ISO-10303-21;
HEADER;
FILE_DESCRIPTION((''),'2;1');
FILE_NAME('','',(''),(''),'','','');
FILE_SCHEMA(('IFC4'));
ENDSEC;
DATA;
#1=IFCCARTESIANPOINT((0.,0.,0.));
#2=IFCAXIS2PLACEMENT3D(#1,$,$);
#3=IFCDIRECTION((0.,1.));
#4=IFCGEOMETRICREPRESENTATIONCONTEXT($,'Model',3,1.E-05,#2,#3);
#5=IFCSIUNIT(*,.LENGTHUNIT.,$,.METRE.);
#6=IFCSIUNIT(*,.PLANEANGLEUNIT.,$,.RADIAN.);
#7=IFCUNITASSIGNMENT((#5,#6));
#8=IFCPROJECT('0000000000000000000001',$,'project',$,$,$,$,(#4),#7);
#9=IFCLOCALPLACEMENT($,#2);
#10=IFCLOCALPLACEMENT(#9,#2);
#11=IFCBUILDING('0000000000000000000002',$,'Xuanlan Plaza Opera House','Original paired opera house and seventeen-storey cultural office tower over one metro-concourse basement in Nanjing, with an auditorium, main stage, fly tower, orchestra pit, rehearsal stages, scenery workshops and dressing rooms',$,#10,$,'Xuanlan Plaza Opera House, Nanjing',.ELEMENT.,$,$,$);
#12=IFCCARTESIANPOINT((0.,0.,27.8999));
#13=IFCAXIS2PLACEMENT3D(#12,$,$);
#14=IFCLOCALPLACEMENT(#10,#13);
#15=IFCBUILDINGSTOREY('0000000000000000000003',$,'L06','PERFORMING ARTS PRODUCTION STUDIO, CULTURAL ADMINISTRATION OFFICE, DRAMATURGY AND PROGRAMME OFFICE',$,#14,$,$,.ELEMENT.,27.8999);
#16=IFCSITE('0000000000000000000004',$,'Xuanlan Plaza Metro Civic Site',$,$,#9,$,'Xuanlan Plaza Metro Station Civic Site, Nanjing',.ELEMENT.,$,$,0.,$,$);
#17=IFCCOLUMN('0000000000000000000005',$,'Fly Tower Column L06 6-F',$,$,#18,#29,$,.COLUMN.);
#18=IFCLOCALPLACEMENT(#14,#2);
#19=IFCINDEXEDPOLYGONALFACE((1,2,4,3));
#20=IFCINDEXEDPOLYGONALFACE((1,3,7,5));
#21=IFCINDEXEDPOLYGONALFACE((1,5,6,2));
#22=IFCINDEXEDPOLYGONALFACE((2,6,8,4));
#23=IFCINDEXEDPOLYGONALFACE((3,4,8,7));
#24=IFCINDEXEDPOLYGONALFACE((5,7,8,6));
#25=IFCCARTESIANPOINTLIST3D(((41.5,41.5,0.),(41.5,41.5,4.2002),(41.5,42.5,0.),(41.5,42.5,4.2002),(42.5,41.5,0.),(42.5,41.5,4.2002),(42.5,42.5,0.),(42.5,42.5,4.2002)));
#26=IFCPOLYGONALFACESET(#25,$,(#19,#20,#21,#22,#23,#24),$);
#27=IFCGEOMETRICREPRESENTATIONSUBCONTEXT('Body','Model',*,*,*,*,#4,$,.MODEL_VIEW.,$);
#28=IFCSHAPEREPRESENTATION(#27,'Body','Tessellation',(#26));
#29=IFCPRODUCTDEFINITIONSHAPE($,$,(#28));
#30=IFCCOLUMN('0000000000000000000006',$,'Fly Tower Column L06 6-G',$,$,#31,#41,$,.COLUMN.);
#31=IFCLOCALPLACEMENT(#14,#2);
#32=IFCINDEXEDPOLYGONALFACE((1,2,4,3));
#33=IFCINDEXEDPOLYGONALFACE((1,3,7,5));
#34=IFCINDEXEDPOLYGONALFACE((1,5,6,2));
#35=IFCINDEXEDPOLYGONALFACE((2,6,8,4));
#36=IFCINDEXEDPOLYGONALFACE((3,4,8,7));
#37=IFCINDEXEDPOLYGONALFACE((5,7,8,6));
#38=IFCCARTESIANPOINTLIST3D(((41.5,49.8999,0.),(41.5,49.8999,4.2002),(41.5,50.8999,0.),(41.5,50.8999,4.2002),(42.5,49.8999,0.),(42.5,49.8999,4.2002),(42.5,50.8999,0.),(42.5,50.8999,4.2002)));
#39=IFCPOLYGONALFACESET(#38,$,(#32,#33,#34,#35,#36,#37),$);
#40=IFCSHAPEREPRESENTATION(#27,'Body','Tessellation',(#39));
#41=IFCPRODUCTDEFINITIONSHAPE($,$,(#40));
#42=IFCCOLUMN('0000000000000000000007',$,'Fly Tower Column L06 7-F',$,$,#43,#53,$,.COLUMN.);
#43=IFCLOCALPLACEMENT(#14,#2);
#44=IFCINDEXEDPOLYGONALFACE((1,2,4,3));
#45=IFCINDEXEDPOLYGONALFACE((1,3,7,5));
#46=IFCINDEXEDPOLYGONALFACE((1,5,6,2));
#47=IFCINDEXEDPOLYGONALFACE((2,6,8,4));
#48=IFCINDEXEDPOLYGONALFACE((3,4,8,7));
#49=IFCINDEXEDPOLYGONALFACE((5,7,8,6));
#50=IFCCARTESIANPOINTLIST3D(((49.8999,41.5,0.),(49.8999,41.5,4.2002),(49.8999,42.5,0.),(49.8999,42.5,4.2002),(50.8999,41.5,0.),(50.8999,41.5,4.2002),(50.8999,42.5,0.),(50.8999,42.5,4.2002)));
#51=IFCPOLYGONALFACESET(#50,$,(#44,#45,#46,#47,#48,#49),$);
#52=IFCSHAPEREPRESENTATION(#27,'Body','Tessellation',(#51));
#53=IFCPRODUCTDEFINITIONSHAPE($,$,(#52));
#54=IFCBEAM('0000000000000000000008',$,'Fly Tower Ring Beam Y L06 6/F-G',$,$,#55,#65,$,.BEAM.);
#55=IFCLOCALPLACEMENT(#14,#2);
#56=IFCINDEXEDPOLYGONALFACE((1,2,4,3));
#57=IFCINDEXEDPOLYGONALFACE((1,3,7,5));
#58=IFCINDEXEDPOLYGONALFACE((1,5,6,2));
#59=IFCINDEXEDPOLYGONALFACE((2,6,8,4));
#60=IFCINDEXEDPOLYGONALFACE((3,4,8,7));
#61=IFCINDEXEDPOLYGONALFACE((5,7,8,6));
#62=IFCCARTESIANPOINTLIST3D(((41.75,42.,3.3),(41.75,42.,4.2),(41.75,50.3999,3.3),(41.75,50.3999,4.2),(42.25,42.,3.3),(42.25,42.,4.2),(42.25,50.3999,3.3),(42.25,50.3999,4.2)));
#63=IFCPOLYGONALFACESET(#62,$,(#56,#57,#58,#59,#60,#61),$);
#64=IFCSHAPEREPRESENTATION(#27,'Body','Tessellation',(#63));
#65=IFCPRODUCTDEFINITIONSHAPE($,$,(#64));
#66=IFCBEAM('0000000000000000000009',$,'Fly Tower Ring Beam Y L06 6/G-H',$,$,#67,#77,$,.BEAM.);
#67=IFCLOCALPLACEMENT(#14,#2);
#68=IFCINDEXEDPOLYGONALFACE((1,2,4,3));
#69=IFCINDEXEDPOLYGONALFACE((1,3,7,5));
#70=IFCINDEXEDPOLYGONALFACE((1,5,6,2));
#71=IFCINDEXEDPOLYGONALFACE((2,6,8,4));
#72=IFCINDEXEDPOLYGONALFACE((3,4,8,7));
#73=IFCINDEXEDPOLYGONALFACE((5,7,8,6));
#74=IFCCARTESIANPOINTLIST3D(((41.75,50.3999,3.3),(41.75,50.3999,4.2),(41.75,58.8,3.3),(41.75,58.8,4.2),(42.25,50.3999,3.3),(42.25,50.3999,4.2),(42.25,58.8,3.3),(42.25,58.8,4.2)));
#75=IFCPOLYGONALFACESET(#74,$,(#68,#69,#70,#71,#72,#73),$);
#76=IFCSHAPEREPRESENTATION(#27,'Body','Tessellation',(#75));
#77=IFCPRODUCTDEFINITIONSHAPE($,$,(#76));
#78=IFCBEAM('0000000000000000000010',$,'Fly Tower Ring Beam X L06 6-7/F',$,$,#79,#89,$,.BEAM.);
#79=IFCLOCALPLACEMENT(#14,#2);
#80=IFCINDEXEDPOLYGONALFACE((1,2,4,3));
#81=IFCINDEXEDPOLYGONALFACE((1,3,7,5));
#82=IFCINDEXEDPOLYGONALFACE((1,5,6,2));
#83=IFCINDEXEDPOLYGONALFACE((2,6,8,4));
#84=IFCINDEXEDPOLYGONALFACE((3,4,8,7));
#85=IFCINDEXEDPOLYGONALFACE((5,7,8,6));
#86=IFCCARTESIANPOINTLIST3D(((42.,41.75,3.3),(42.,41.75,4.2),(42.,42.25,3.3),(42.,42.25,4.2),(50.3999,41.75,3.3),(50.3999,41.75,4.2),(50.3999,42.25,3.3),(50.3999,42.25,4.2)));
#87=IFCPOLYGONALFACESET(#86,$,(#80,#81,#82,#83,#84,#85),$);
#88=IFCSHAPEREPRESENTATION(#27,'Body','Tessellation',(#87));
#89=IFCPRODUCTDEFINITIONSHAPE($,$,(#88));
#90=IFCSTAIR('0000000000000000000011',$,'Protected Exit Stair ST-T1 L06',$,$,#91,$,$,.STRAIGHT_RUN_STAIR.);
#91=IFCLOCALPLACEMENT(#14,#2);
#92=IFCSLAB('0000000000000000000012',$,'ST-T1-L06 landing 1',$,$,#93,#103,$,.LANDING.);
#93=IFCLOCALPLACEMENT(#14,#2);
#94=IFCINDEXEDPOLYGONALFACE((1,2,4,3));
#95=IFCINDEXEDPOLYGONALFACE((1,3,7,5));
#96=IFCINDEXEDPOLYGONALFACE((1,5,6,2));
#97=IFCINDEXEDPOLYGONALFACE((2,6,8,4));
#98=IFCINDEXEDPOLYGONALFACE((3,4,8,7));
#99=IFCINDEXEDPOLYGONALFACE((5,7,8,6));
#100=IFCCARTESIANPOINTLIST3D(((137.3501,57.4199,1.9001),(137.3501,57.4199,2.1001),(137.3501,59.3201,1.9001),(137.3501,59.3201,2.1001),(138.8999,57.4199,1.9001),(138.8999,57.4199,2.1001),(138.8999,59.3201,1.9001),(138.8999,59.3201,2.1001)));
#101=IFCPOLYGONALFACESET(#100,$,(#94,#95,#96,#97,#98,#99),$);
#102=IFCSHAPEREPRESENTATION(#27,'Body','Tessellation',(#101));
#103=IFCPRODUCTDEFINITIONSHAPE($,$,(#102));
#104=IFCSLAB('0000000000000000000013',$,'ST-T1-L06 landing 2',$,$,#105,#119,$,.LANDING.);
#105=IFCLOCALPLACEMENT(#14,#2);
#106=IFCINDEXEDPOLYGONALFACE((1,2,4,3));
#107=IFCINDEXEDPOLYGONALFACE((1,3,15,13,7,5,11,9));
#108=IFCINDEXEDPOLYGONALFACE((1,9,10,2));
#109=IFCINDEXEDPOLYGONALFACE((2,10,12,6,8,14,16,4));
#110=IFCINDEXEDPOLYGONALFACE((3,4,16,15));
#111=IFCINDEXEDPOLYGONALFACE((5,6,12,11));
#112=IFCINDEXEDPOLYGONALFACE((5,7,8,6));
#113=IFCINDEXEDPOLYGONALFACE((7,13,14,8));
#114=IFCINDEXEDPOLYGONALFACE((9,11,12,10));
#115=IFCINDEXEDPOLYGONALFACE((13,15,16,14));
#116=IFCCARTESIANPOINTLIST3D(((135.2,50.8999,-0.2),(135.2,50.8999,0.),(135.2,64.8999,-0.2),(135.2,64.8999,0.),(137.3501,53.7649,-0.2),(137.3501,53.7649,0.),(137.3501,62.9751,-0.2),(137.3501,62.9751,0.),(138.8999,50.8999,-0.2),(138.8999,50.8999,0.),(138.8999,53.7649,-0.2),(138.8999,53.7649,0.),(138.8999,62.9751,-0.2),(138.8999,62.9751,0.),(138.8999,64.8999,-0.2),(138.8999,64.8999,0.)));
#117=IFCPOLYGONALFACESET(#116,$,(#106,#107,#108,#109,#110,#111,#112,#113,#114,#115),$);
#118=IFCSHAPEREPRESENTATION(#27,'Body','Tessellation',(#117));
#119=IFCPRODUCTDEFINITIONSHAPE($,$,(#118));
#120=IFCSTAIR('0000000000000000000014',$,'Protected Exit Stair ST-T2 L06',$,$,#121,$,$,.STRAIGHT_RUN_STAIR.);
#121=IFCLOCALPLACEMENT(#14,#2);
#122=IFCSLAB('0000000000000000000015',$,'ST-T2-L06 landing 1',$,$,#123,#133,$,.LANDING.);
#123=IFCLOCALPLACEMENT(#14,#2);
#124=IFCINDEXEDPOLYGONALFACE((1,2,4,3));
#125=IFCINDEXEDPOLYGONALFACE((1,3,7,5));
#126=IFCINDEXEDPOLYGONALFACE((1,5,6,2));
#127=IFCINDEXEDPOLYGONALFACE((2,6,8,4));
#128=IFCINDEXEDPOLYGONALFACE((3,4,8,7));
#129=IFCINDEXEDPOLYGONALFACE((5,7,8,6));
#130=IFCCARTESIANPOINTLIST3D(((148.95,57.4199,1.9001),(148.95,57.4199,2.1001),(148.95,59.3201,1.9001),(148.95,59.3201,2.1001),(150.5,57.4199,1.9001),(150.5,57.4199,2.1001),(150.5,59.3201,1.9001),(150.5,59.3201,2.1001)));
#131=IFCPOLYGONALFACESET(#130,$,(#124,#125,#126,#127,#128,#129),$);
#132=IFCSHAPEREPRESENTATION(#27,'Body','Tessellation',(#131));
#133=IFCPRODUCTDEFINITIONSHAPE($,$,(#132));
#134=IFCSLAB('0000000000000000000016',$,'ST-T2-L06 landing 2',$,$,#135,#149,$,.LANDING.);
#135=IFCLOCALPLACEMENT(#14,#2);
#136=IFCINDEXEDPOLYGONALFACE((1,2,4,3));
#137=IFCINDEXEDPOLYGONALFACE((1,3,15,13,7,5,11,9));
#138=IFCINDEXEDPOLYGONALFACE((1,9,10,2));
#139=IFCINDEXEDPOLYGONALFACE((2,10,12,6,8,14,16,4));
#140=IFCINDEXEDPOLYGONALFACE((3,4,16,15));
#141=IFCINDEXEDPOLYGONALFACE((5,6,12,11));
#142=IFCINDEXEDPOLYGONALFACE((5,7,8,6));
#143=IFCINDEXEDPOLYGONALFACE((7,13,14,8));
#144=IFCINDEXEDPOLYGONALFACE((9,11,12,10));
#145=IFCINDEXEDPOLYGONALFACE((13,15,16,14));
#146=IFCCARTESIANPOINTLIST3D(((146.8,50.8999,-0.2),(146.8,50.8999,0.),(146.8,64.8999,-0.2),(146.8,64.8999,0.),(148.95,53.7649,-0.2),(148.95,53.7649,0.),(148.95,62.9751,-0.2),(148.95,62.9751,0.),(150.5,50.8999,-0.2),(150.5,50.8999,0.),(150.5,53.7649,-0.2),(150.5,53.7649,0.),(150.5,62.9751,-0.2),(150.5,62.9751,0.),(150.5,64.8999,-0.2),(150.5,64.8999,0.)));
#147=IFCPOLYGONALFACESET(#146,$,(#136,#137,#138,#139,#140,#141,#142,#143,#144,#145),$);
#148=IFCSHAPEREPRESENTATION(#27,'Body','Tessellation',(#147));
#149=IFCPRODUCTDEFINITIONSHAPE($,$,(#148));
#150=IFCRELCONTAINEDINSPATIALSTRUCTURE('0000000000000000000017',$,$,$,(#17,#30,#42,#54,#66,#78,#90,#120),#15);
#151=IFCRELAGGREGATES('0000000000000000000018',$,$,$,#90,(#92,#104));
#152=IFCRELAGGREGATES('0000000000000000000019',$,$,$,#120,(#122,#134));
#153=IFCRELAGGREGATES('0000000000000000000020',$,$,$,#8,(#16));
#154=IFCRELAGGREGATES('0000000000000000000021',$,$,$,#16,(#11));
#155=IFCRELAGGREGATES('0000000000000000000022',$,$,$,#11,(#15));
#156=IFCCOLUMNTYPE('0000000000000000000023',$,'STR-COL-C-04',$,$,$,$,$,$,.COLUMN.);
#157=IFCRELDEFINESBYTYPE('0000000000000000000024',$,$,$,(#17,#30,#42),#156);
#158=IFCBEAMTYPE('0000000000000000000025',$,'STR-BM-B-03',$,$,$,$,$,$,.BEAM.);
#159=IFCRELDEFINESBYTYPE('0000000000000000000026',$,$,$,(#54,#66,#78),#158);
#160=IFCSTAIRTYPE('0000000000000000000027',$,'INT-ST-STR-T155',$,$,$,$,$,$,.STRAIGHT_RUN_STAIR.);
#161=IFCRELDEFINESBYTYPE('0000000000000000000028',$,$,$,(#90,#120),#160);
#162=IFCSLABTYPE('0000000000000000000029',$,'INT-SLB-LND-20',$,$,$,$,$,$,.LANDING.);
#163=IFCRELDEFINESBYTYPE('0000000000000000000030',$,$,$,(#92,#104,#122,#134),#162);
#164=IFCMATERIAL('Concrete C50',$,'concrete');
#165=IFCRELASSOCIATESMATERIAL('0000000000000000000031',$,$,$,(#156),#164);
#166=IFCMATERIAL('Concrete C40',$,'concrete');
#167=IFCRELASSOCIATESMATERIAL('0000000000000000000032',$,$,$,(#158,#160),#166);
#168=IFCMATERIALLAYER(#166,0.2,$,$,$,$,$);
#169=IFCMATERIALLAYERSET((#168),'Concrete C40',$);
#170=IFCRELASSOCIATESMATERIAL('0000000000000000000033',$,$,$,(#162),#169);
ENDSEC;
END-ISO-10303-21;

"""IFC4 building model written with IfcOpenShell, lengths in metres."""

from ifc_helpers import new_model, si_unit, direction, frame, origin, origin_2d, place, context, subcontext, project, spatial, polyline, rectangle, outline, extrude, material, layer, layer_set, material_profile, profile_set, type_object, element, aggregate, save


model = new_model("IFC4")

# Units and contexts
model_context = context("Model", 3, precision=1e-05, world=origin(), true_north=direction((0.0, 1.0)))
body_context = subcontext(model_context, "Body", "Model", "MODEL_VIEW")
ifc_project = project(units=[si_unit("LENGTHUNIT", "METRE"), si_unit("PLANEANGLEUNIT", "RADIAN")], contexts=[model_context])

# Site, building, storey
site_placement = place(None, origin())
site = spatial("IfcSite", under=ifc_project, at=site_placement, Name="Xuanlan Plaza Metro Civic Site", LongName="Xuanlan Plaza Metro Station Civic Site, Nanjing", CompositionType="ELEMENT", RefElevation=0.0)
building_placement = place(site_placement, origin())
building = spatial("IfcBuilding", under=site, at=building_placement, Name="Xuanlan Plaza Opera House", Description="Original paired opera house and seventeen-storey cultural office tower over one metro-concourse basement in Nanjing, with an auditorium, main stage, fly tower, orchestra pit, rehearsal stages, scenery workshops and dressing rooms", LongName="Xuanlan Plaza Opera House, Nanjing", CompositionType="ELEMENT")
storey_placement = place(building_placement, frame((0.0, 0.0, 27.8999)))
storey = spatial("IfcBuildingStorey", under=building, at=storey_placement, Name="L06", Description="PERFORMING ARTS PRODUCTION STUDIO, CULTURAL ADMINISTRATION OFFICE, DRAMATURGY AND PROGRAMME OFFICE", CompositionType="ELEMENT", Elevation=27.8999)

# Columns
ifc_material_1 = material(Name="Concrete C50", Category="concrete")
ifc_material_profile_1 = material_profile(ifc_material_1, rectangle(XDim=1.0, YDim=1.0, at=origin_2d()), Name="RC-COL 1000x1000")
ifc_profile_set_1 = profile_set([ifc_material_profile_1], Name="Concrete C50")
column_type = type_object("IfcColumnType", Name="STR-COL-C-04", PredefinedType="COLUMN", material=ifc_profile_set_1)
for number, where, z_axis, x_axis, name in (
    (1, (42.0, 42.0, 0.0), (0.0, 0.0, 1.0), (1.0, 0.0, 0.0), "Fly Tower Column L06 6-F"),
    (2, (42.0, 50.3999, 0.0), (0.0, 0.0, 1.0), (1.0, 0.0, 0.0), "Fly Tower Column L06 6-G"),
    (3, (50.3999, 42.0, 0.0), (0.0, 0.0, 1.0), (1.0, 0.0, 0.0), "Fly Tower Column L06 7-F"),
):
    element("IfcColumn", number, at=place(storey_placement, frame(where, z_axis=z_axis, x_axis=x_axis)), inside=storey, type_object=column_type, Name=name, PredefinedType="COLUMN", context=body_context, shape_type="SweptSolid", body=[
        extrude(rectangle(XDim=1.0, YDim=1.0, at=origin_2d()), origin(), (0.0, 0.0, 1.0), 4.2002),
    ])

# Beams
ifc_material_2 = material(Name="Concrete C40", Category="concrete")
ifc_material_profile_2 = material_profile(ifc_material_2, rectangle(XDim=0.5, YDim=0.8999, at=origin_2d()), Name="RC-BM 500x900")
ifc_profile_set_2 = profile_set([ifc_material_profile_2], Name="Concrete C40")
beam_type = type_object("IfcBeamType", Name="STR-BM-B-03", PredefinedType="BEAM", material=ifc_profile_set_2)
beam_1_placement = place(storey_placement, frame((42.0, 42.0, 3.75), z_axis=(0.0, 1.0, 0.0), x_axis=(-1.0, 0.0, 0.0)))
element("IfcBeam", 4, at=beam_1_placement, inside=storey, type_object=beam_type, Name="Fly Tower Ring Beam Y L06 6/F-G", PredefinedType="BEAM", context=body_context, shape_type="SweptSolid", body=[
    extrude(rectangle(XDim=0.5, YDim=0.8999, at=origin_2d()), origin(), (0.0, 0.0, 1.0), 8.3999),
])
beam_2_placement = place(storey_placement, frame((42.0, 50.3999, 3.75), z_axis=(0.0, 1.0, 0.0), x_axis=(-1.0, 0.0, 0.0)))
element("IfcBeam", 5, at=beam_2_placement, inside=storey, type_object=beam_type, Name="Fly Tower Ring Beam Y L06 6/G-H", PredefinedType="BEAM", context=body_context, shape_type="SweptSolid", body=[
    extrude(rectangle(XDim=0.5, YDim=0.8999, at=origin_2d()), origin(), (0.0, 0.0, 1.0), 8.4001),
])
beam_3_placement = place(storey_placement, frame((42.0, 42.0, 3.75), z_axis=(1.0, 0.0, 0.0), x_axis=(0.0, 1.0, 0.0)))
element("IfcBeam", 6, at=beam_3_placement, inside=storey, type_object=beam_type, Name="Fly Tower Ring Beam X L06 6-7/F", PredefinedType="BEAM", context=body_context, shape_type="SweptSolid", body=[
    extrude(rectangle(XDim=0.5, YDim=0.8999, at=origin_2d()), origin(), (0.0, 0.0, 1.0), 8.3999),
])

# Stairs, slabs
stair_type = type_object("IfcStairType", Name="INT-ST-STR-T155", PredefinedType="STRAIGHT_RUN_STAIR", material=ifc_material_2)
stair_1_placement = place(storey_placement, origin())
stair_1 = element("IfcStair", 7, at=stair_1_placement, inside=storey, type_object=stair_type, Name="Protected Exit Stair ST-T1 L06", PredefinedType="STRAIGHT_RUN_STAIR")
ifc_layer_1 = layer(ifc_material_2, 0.2)
ifc_layer_set_1 = layer_set([ifc_layer_1], Name="Concrete C40")
slab_type_1 = type_object("IfcSlabType", Name="INT-SLB-LND-20", PredefinedType="LANDING", material=ifc_layer_set_1)
slab_1_placement = place(storey_placement, frame((0.0, 0.0, 1.9001)))
slab_1 = element("IfcSlab", 8, at=slab_1_placement, type_object=slab_type_1, Name="ST-T1-L06 landing 1", PredefinedType="LANDING", context=body_context, shape_type="SweptSolid", body=[
    extrude(outline(polyline([(137.3501, 57.4199), (138.8999, 57.4199), (138.8999, 59.3201), (137.3501, 59.3201), (137.3501, 57.4199)])), origin(), (0.0, 0.0, 1.0), 0.2),
])
slab_2_placement = place(storey_placement, frame((0.0, 0.0, -0.2)))
slab_2 = element("IfcSlab", 9, at=slab_2_placement, type_object=slab_type_1, Name="ST-T1-L06 landing 2", PredefinedType="LANDING", context=body_context, shape_type="SweptSolid", body=[
    extrude(outline(polyline([(135.2, 50.8999), (138.8999, 50.8999), (138.8999, 53.7649), (137.3501, 53.7649), (137.3501, 62.9751), (138.8999, 62.9751), (138.8999, 64.8999), (135.2, 64.8999), (135.2, 50.8999)])), origin(), (0.0, 0.0, 1.0), 0.2),
])
aggregate(stair_1, [slab_1, slab_2])
stair_2_placement = place(storey_placement, origin())
stair_2 = element("IfcStair", 10, at=stair_2_placement, inside=storey, type_object=stair_type, Name="Protected Exit Stair ST-T2 L06", PredefinedType="STRAIGHT_RUN_STAIR")
slab_3_placement = place(storey_placement, frame((0.0, 0.0, 1.9001)))
slab_3 = element("IfcSlab", 11, at=slab_3_placement, type_object=slab_type_1, Name="ST-T2-L06 landing 1", PredefinedType="LANDING", context=body_context, shape_type="SweptSolid", body=[
    extrude(outline(polyline([(148.95, 57.4199), (150.5, 57.4199), (150.5, 59.3201), (148.95, 59.3201), (148.95, 57.4199)])), origin(), (0.0, 0.0, 1.0), 0.2),
])
slab_4_placement = place(storey_placement, frame((0.0, 0.0, -0.2)))
slab_4 = element("IfcSlab", 12, at=slab_4_placement, type_object=slab_type_1, Name="ST-T2-L06 landing 2", PredefinedType="LANDING", context=body_context, shape_type="SweptSolid", body=[
    extrude(outline(polyline([(146.8, 50.8999), (150.5, 50.8999), (150.5, 53.7649), (148.95, 53.7649), (148.95, 62.9751), (150.5, 62.9751), (150.5, 64.8999), (146.8, 64.8999), (146.8, 50.8999)])), origin(), (0.0, 0.0, 1.0), 0.2),
])
aggregate(stair_2, [slab_3, slab_4])

save(model, "model.ifc")
